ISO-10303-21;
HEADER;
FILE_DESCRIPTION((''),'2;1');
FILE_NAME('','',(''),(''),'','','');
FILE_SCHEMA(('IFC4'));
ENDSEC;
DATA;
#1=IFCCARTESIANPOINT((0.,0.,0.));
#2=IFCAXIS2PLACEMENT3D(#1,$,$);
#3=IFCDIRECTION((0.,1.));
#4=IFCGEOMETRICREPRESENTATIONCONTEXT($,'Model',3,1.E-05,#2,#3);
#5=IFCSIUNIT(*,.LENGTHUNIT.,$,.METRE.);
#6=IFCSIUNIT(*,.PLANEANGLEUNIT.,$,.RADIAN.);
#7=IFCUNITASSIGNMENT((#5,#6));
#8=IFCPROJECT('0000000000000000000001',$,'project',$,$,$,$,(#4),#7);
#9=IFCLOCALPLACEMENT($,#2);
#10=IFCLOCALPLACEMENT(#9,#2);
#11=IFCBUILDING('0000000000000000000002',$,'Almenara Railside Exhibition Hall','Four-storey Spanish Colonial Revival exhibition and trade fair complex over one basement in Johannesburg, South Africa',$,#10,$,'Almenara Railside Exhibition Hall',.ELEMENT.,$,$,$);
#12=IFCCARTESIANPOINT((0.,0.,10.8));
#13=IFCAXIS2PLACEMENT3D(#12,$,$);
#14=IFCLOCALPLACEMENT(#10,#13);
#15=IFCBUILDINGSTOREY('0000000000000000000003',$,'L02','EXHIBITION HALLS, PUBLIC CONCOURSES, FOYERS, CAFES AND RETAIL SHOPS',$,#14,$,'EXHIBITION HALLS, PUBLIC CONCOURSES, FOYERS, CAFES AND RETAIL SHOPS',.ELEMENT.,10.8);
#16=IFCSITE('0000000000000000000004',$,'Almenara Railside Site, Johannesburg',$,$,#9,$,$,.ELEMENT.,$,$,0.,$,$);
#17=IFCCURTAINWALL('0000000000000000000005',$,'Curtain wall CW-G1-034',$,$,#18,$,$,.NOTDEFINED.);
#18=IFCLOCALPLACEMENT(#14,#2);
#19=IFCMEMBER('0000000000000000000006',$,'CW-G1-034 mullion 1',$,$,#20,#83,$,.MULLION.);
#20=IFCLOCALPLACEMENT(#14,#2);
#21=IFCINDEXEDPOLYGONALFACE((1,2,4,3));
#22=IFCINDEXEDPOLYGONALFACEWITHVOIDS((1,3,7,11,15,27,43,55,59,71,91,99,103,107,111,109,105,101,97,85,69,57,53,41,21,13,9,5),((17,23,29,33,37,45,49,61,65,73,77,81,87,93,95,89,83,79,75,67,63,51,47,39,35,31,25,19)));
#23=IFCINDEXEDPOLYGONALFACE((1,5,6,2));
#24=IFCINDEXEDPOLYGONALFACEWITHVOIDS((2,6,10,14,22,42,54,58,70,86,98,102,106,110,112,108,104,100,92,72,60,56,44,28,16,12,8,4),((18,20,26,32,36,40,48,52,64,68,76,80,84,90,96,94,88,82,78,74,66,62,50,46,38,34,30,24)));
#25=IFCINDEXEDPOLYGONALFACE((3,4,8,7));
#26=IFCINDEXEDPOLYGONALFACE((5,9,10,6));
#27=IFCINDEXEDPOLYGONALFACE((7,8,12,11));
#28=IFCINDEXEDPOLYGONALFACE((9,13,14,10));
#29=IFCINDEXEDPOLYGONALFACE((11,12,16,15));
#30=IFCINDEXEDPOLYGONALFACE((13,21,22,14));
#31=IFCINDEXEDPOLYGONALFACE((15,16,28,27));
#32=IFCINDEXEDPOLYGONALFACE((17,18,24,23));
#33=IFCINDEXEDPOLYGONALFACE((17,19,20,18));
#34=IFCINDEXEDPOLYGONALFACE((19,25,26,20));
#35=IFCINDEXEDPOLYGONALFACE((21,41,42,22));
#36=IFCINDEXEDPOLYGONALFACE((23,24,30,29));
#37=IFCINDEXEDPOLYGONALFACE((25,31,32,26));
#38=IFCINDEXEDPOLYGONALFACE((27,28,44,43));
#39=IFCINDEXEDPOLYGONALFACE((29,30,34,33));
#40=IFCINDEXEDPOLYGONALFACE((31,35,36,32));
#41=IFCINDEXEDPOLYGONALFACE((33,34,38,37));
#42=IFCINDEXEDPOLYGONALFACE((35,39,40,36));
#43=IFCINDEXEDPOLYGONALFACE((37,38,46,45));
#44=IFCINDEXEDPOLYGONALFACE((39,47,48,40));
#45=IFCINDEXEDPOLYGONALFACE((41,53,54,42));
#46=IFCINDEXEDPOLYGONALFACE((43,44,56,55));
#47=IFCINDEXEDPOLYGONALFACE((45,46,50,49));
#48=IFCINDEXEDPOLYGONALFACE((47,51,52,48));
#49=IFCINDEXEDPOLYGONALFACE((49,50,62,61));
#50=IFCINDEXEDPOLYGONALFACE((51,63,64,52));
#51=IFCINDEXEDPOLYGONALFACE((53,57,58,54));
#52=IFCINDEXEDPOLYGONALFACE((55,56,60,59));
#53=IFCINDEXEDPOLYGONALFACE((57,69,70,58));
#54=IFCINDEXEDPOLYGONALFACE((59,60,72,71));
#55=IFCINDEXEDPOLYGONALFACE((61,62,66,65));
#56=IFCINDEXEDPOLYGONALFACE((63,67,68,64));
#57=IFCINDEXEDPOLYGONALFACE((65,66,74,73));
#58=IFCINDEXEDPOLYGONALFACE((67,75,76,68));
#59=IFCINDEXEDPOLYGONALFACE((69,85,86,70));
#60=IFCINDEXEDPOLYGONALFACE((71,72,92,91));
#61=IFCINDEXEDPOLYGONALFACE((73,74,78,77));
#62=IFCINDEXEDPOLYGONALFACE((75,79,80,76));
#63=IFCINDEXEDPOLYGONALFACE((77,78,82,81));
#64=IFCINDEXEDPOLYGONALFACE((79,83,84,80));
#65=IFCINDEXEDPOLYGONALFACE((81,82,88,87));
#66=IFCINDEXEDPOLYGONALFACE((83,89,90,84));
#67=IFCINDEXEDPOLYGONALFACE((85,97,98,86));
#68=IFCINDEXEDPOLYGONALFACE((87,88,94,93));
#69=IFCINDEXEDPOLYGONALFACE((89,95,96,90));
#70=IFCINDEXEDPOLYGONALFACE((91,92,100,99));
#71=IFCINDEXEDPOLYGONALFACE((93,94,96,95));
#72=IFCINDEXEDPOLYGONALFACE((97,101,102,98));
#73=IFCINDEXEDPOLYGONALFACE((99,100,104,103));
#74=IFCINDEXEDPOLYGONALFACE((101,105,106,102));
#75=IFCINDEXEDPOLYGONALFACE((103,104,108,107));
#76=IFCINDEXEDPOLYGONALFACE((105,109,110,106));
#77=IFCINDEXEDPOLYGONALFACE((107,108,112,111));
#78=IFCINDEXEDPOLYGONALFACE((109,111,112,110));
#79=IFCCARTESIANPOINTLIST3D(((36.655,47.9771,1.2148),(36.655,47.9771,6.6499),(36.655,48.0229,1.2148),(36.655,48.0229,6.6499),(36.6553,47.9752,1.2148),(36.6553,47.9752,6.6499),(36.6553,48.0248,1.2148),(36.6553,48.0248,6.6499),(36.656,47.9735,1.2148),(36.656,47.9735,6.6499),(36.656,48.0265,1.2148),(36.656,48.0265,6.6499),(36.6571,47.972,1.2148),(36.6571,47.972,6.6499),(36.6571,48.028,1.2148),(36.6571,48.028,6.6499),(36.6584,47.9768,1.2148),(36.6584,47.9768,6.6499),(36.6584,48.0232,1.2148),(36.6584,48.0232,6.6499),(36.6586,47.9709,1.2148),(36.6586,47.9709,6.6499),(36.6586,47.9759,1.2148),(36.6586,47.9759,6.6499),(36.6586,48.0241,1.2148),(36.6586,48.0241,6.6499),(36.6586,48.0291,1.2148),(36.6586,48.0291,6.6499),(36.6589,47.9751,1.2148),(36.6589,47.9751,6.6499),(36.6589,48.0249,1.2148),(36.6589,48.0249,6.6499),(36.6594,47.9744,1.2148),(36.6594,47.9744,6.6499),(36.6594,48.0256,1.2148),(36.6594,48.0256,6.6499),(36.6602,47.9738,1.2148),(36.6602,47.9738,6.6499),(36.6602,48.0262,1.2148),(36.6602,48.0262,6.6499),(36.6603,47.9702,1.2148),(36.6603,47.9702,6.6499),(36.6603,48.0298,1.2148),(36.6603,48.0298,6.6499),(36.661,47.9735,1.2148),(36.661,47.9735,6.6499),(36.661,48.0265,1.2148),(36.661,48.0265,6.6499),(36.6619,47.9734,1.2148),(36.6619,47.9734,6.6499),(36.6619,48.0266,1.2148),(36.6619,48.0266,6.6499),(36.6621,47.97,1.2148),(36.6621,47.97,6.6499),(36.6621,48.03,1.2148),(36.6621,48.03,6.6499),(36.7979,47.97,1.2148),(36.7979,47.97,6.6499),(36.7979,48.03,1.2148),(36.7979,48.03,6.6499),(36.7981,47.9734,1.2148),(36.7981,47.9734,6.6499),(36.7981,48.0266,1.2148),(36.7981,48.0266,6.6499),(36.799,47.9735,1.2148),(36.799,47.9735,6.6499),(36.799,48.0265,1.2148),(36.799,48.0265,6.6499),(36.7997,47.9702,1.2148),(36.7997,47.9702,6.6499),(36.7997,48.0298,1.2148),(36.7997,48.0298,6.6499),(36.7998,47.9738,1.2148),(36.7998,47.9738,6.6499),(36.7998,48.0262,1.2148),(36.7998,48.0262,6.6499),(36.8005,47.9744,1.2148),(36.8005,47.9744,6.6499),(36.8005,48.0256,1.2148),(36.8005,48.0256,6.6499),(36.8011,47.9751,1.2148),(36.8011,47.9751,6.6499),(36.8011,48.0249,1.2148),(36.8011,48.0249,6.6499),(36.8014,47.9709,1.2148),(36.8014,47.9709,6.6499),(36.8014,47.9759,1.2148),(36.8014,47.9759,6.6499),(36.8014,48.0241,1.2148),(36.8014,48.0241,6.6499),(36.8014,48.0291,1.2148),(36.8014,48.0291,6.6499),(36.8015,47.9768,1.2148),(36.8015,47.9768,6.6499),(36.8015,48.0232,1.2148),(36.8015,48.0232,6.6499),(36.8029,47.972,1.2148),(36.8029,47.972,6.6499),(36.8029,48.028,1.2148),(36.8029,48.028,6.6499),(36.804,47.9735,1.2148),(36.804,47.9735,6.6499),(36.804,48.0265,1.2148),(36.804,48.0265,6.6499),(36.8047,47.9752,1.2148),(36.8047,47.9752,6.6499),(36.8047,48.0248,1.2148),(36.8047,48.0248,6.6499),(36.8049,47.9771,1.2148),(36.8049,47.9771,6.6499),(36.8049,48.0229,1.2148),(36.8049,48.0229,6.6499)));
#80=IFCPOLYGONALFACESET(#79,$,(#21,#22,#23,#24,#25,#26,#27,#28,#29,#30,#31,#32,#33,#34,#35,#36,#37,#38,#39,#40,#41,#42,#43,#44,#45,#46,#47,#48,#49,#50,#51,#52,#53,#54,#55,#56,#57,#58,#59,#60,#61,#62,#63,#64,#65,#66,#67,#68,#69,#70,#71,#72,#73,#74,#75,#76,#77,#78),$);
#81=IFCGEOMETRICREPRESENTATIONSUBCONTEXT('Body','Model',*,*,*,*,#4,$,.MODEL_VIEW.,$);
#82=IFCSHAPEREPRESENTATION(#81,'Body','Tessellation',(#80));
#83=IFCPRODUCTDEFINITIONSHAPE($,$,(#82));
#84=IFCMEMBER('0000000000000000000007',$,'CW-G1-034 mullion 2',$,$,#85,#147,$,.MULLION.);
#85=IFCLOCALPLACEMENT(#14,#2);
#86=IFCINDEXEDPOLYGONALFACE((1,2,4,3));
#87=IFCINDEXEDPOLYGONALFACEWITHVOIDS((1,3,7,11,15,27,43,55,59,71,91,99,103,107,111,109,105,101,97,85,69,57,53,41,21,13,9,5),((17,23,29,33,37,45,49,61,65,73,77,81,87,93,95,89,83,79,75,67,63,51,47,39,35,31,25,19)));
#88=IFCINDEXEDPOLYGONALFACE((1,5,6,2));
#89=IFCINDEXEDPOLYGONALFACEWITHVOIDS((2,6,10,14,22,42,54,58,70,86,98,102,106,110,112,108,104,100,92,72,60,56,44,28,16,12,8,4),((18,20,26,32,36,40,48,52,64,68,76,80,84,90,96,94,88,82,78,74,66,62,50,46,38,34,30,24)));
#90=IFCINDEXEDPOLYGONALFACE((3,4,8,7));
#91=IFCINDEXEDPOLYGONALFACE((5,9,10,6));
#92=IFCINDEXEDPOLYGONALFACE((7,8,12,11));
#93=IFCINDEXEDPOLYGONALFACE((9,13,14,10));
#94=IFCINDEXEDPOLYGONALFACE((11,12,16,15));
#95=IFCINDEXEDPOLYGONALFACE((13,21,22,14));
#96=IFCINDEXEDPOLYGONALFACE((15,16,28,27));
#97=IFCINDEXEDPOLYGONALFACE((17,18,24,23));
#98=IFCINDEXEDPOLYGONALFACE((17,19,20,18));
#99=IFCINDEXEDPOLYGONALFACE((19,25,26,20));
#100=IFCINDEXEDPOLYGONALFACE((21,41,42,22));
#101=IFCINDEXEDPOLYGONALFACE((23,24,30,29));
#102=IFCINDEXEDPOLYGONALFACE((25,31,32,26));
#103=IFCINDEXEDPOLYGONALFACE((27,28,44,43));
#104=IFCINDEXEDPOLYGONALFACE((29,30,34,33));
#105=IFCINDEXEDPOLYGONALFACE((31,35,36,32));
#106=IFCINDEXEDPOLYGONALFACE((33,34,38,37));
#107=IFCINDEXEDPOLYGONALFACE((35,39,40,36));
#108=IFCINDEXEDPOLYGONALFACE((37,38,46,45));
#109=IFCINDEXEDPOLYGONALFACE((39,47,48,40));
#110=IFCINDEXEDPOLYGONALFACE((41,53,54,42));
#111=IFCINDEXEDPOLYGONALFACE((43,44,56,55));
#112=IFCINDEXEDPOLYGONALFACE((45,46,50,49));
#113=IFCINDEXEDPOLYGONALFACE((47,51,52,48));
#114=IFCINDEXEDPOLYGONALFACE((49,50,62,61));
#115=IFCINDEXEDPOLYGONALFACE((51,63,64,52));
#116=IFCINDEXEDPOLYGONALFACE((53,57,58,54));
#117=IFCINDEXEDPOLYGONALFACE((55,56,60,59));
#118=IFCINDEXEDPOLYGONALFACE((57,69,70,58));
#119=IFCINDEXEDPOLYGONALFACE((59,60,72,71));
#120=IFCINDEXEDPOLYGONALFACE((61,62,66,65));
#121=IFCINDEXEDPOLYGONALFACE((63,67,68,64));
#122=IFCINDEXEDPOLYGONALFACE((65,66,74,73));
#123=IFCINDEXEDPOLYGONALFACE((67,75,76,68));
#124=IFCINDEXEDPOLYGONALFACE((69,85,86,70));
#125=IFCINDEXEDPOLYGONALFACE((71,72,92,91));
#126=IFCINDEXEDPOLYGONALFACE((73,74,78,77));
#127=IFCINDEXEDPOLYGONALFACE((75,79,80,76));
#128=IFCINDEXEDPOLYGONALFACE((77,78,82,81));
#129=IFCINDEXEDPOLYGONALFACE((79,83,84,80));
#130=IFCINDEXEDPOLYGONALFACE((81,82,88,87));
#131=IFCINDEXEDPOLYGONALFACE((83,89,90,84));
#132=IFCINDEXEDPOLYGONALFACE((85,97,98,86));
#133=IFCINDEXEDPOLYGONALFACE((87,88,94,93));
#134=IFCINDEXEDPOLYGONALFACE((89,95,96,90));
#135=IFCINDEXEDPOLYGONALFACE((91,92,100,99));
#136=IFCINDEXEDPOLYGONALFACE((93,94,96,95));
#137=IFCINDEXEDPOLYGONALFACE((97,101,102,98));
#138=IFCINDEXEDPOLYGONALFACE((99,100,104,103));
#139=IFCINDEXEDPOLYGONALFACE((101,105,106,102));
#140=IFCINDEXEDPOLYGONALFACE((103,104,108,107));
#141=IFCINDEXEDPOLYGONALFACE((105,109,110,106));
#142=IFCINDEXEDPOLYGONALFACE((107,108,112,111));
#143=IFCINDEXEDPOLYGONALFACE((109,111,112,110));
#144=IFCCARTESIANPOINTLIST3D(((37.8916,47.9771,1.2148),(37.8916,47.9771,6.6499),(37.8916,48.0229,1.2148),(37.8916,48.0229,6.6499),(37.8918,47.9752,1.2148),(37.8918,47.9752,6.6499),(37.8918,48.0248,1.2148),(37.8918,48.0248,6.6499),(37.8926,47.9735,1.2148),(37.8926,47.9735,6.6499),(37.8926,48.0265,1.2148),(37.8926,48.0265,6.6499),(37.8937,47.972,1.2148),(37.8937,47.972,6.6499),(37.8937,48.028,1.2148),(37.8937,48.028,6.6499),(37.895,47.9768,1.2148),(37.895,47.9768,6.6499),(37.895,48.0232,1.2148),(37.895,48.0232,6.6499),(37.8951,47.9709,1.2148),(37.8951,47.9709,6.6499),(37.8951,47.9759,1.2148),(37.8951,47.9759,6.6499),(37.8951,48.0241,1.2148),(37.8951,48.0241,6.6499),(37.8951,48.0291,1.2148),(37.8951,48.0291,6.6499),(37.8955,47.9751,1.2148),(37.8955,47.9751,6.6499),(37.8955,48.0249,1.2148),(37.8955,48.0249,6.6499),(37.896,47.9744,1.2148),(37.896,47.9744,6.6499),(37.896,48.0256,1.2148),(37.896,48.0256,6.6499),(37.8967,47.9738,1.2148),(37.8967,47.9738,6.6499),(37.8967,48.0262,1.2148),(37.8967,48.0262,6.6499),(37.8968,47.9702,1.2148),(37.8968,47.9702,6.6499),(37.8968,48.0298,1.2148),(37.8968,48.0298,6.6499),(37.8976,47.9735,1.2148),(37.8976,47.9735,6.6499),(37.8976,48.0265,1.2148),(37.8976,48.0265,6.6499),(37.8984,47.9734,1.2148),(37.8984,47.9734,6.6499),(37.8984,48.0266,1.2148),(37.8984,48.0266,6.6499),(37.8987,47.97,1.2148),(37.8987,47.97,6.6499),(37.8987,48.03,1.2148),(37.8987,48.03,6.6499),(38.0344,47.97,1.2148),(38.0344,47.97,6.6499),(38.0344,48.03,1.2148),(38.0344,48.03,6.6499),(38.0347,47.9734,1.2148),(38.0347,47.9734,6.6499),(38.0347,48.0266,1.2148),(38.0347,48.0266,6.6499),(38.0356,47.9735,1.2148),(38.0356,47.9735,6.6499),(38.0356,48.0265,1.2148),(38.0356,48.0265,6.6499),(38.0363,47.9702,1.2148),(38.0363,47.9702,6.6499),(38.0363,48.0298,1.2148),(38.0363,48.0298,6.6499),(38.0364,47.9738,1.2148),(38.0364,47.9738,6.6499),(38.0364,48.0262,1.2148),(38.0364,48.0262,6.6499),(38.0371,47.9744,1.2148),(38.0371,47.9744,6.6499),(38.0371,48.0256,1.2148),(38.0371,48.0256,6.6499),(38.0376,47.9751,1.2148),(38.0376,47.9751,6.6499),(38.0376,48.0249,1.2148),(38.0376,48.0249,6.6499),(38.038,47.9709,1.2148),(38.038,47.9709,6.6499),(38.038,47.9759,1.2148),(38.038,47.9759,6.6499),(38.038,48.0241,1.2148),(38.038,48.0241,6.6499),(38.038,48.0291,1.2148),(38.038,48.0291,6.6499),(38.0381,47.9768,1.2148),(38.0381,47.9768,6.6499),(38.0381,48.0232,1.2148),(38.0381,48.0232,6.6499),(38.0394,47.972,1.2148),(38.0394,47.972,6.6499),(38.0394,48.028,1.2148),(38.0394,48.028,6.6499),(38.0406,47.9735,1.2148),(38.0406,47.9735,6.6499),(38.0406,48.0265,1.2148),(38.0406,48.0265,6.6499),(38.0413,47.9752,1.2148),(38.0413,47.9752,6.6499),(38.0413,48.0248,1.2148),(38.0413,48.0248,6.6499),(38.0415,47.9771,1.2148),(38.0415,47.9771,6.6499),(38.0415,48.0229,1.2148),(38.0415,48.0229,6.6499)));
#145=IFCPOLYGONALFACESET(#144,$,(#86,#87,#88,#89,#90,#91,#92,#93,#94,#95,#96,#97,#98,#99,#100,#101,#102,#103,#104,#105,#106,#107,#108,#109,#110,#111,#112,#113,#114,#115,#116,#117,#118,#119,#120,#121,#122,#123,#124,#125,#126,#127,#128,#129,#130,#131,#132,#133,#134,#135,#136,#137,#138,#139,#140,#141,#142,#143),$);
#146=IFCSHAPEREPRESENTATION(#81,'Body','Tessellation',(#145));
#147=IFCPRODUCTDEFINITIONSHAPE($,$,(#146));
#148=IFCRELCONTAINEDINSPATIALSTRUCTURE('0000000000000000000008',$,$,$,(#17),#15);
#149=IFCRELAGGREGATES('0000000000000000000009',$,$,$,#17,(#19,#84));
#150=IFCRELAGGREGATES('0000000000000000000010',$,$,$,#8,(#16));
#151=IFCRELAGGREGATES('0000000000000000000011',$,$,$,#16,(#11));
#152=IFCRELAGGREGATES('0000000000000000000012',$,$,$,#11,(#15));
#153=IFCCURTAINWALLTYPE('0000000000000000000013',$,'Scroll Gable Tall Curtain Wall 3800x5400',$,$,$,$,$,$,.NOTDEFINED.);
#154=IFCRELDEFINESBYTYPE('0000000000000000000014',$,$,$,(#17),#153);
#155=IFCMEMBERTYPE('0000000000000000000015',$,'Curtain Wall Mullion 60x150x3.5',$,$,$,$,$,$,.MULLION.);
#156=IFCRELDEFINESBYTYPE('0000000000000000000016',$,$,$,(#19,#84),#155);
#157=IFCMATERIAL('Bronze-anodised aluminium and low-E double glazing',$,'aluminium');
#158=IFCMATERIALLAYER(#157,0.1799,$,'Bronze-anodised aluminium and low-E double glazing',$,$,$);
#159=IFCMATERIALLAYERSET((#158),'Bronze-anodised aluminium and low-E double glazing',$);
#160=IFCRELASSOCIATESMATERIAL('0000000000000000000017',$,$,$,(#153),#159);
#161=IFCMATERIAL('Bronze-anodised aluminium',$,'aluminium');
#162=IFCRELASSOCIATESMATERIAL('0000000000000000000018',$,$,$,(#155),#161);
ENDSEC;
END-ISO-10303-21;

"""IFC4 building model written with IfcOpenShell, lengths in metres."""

from ifc_helpers import new_model, si_unit, direction, frame, origin, origin_2d, place, context, subcontext, project, spatial, hollow_rectangle, extrude, material, layer, layer_set, material_profile, profile_set, type_object, element, aggregate, save


model = new_model("IFC4")

# Units and contexts
model_context = context("Model", 3, precision=1e-05, world=origin(), true_north=direction((0.0, 1.0)))
body_context = subcontext(model_context, "Body", "Model", "MODEL_VIEW")
ifc_project = project(units=[si_unit("LENGTHUNIT", "METRE"), si_unit("PLANEANGLEUNIT", "RADIAN")], contexts=[model_context])

# Site, building, storey
site_placement = place(None, origin())
site = spatial("IfcSite", under=ifc_project, at=site_placement, Name="Almenara Railside Site, Johannesburg", CompositionType="ELEMENT", RefElevation=0.0)
building_placement = place(site_placement, origin())
building = spatial("IfcBuilding", under=site, at=building_placement, Name="Almenara Railside Exhibition Hall", Description="Four-storey Spanish Colonial Revival exhibition and trade fair complex over one basement in Johannesburg, South Africa", LongName="Almenara Railside Exhibition Hall", CompositionType="ELEMENT")
storey_placement = place(building_placement, frame((0.0, 0.0, 10.8)))
storey = spatial("IfcBuildingStorey", under=building, at=storey_placement, Name="L02", Description="EXHIBITION HALLS, PUBLIC CONCOURSES, FOYERS, CAFES AND RETAIL SHOPS", LongName="EXHIBITION HALLS, PUBLIC CONCOURSES, FOYERS, CAFES AND RETAIL SHOPS", CompositionType="ELEMENT", Elevation=10.8)

# Curtain wall, members
ifc_material_1 = material(Name="Bronze-anodised aluminium and low-E double glazing", Category="aluminium")
ifc_layer_1 = layer(ifc_material_1, 0.1799, Name="Bronze-anodised aluminium and low-E double glazing")
ifc_layer_set_1 = layer_set([ifc_layer_1], Name="Bronze-anodised aluminium and low-E double glazing")
curtain_wall_type = type_object("IfcCurtainWallType", Name="Scroll Gable Tall Curtain Wall 3800x5400", PredefinedType="NOTDEFINED", material=ifc_layer_set_1)
curtain_wall_1_placement = place(storey_placement, origin())
curtain_wall_1 = element("IfcCurtainWall", 1, at=curtain_wall_1_placement, inside=storey, type_object=curtain_wall_type, Name="Curtain wall CW-G1-034", PredefinedType="NOTDEFINED")
ifc_material_2 = material(Name="Bronze-anodised aluminium", Category="aluminium")
ifc_material_profile_1 = material_profile(ifc_material_2, hollow_rectangle(XDim=0.0601, YDim=0.1499, WallThickness=0.0034, InnerFilletRadius=0.0034, OuterFilletRadius=0.0071, at=origin_2d()), Name="ALU-MUL 60x150x3.5")
ifc_profile_set_1 = profile_set([ifc_material_profile_1], Name="Bronze-anodised aluminium")
member_type_1 = type_object("IfcMemberType", Name="Curtain Wall Mullion 60x150x3.5", PredefinedType="MULLION", material=ifc_profile_set_1)
member_1_placement = place(storey_placement, frame((36.73, 48.0, 1.2148), z_axis=(0.0, 0.0, 1.0), x_axis=(0.0, 1.0, 0.0)))
member_1 = element("IfcMember", 2, at=member_1_placement, type_object=member_type_1, Name="CW-G1-034 mullion 1", PredefinedType="MULLION", context=body_context, shape_type="SweptSolid", body=[
    extrude(hollow_rectangle(XDim=0.0601, YDim=0.1499, WallThickness=0.0034, InnerFilletRadius=0.0034, OuterFilletRadius=0.0071, at=origin_2d()), origin(), (0.0, 0.0, 1.0), 5.4351),
])
member_2_placement = place(storey_placement, frame((37.9666, 48.0, 1.2148), z_axis=(0.0, 0.0, 1.0), x_axis=(0.0, 1.0, 0.0)))
member_2 = element("IfcMember", 3, at=member_2_placement, type_object=member_type_1, Name="CW-G1-034 mullion 2", PredefinedType="MULLION", context=body_context, shape_type="SweptSolid", body=[
    extrude(hollow_rectangle(XDim=0.0601, YDim=0.1499, WallThickness=0.0034, InnerFilletRadius=0.0034, OuterFilletRadius=0.0071, at=origin_2d()), origin(), (0.0, 0.0, 1.0), 5.4351),
])

aggregate(curtain_wall_1, [member_1, member_2])

save(model, "model.ifc")
